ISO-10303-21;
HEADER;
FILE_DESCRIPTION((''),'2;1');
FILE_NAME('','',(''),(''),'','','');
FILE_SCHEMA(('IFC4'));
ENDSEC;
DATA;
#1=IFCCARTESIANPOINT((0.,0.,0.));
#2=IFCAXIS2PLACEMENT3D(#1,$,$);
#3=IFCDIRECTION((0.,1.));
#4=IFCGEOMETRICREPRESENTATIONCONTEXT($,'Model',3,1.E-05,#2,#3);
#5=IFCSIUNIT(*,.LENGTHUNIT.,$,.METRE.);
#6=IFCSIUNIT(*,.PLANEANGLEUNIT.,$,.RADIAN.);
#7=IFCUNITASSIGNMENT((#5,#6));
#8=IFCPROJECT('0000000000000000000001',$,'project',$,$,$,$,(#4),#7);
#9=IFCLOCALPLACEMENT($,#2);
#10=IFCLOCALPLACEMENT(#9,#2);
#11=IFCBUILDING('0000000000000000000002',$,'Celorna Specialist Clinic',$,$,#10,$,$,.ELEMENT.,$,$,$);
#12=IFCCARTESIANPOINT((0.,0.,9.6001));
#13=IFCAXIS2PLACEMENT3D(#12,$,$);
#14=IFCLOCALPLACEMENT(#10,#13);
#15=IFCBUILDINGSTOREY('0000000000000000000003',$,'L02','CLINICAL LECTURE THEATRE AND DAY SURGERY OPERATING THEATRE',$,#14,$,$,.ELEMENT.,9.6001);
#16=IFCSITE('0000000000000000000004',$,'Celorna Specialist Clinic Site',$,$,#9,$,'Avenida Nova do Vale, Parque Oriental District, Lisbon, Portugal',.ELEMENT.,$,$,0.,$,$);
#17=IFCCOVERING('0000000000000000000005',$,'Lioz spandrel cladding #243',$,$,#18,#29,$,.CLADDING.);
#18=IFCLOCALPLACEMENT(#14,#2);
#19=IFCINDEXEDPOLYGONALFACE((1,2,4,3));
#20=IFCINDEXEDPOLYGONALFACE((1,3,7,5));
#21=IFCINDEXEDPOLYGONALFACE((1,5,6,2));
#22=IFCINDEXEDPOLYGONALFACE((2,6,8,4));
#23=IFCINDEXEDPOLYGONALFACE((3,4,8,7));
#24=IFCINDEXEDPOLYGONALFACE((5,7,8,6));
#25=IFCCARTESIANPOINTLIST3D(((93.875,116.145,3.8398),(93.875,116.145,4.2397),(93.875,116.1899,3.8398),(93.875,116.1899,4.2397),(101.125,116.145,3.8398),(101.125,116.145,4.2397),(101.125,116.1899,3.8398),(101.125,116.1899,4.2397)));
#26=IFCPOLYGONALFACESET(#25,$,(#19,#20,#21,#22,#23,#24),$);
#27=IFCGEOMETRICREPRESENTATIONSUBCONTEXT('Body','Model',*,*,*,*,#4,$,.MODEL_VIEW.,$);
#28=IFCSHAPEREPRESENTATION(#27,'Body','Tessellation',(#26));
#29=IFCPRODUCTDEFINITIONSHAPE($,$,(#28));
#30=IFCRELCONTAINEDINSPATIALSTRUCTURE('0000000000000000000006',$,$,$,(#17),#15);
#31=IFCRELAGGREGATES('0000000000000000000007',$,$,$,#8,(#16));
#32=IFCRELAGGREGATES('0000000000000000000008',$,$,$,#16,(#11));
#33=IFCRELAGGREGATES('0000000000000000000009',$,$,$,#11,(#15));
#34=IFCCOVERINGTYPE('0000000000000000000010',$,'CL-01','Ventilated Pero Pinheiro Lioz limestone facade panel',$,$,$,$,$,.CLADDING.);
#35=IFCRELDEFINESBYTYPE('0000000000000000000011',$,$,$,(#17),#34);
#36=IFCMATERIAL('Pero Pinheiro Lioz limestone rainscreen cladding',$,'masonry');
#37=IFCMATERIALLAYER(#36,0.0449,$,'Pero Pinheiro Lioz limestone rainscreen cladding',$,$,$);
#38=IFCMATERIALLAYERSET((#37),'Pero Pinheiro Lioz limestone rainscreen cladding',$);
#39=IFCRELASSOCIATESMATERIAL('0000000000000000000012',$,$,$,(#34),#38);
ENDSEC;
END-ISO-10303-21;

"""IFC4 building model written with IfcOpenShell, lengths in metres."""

from ifc_helpers import new_model, si_unit, direction, frame, origin, origin_2d, place, context, subcontext, project, spatial, rectangle, extrude, material, layer, layer_set, type_object, element, save


model = new_model("IFC4")

# Units and contexts
model_context = context("Model", 3, precision=1e-05, world=origin(), true_north=direction((0.0, 1.0)))
body_context = subcontext(model_context, "Body", "Model", "MODEL_VIEW")
ifc_project = project(units=[si_unit("LENGTHUNIT", "METRE"), si_unit("PLANEANGLEUNIT", "RADIAN")], contexts=[model_context])

# Site, building, storey
site_placement = place(None, origin())
site = spatial("IfcSite", under=ifc_project, at=site_placement, Name="Celorna Specialist Clinic Site", LongName="Avenida Nova do Vale, Parque Oriental District, Lisbon, Portugal", CompositionType="ELEMENT", RefElevation=0.0)
building_placement = place(site_placement, origin())
building = spatial("IfcBuilding", under=site, at=building_placement, Name="Celorna Specialist Clinic", CompositionType="ELEMENT")
storey_placement = place(building_placement, frame((0.0, 0.0, 9.6001)))
storey = spatial("IfcBuildingStorey", under=building, at=storey_placement, Name="L02", Description="CLINICAL LECTURE THEATRE AND DAY SURGERY OPERATING THEATRE", CompositionType="ELEMENT", Elevation=9.6001)

# Covering
ifc_material_1 = material(Name="Pero Pinheiro Lioz limestone rainscreen cladding", Category="masonry")
ifc_layer_1 = layer(ifc_material_1, 0.0449, Name="Pero Pinheiro Lioz limestone rainscreen cladding")
ifc_layer_set_1 = layer_set([ifc_layer_1], Name="Pero Pinheiro Lioz limestone rainscreen cladding")
covering_type = type_object("IfcCoveringType", Name="CL-01", Description="Ventilated Pero Pinheiro Lioz limestone facade panel", PredefinedType="CLADDING", material=ifc_layer_set_1)
covering_1_placement = place(storey_placement, frame((97.5, 116.1675, 3.8398), z_axis=(0.0, 0.0, 1.0), x_axis=(1.0, 0.0, 0.0)))
element("IfcCovering", 1, at=covering_1_placement, inside=storey, type_object=covering_type, Name="Lioz spandrel cladding #243", PredefinedType="CLADDING", context=body_context, shape_type="SweptSolid", body=[
    extrude(rectangle(XDim=7.25, YDim=0.0449, at=origin_2d()), origin(), (0.0, 0.0, 1.0), 0.3999),
])

save(model, "model.ifc")
